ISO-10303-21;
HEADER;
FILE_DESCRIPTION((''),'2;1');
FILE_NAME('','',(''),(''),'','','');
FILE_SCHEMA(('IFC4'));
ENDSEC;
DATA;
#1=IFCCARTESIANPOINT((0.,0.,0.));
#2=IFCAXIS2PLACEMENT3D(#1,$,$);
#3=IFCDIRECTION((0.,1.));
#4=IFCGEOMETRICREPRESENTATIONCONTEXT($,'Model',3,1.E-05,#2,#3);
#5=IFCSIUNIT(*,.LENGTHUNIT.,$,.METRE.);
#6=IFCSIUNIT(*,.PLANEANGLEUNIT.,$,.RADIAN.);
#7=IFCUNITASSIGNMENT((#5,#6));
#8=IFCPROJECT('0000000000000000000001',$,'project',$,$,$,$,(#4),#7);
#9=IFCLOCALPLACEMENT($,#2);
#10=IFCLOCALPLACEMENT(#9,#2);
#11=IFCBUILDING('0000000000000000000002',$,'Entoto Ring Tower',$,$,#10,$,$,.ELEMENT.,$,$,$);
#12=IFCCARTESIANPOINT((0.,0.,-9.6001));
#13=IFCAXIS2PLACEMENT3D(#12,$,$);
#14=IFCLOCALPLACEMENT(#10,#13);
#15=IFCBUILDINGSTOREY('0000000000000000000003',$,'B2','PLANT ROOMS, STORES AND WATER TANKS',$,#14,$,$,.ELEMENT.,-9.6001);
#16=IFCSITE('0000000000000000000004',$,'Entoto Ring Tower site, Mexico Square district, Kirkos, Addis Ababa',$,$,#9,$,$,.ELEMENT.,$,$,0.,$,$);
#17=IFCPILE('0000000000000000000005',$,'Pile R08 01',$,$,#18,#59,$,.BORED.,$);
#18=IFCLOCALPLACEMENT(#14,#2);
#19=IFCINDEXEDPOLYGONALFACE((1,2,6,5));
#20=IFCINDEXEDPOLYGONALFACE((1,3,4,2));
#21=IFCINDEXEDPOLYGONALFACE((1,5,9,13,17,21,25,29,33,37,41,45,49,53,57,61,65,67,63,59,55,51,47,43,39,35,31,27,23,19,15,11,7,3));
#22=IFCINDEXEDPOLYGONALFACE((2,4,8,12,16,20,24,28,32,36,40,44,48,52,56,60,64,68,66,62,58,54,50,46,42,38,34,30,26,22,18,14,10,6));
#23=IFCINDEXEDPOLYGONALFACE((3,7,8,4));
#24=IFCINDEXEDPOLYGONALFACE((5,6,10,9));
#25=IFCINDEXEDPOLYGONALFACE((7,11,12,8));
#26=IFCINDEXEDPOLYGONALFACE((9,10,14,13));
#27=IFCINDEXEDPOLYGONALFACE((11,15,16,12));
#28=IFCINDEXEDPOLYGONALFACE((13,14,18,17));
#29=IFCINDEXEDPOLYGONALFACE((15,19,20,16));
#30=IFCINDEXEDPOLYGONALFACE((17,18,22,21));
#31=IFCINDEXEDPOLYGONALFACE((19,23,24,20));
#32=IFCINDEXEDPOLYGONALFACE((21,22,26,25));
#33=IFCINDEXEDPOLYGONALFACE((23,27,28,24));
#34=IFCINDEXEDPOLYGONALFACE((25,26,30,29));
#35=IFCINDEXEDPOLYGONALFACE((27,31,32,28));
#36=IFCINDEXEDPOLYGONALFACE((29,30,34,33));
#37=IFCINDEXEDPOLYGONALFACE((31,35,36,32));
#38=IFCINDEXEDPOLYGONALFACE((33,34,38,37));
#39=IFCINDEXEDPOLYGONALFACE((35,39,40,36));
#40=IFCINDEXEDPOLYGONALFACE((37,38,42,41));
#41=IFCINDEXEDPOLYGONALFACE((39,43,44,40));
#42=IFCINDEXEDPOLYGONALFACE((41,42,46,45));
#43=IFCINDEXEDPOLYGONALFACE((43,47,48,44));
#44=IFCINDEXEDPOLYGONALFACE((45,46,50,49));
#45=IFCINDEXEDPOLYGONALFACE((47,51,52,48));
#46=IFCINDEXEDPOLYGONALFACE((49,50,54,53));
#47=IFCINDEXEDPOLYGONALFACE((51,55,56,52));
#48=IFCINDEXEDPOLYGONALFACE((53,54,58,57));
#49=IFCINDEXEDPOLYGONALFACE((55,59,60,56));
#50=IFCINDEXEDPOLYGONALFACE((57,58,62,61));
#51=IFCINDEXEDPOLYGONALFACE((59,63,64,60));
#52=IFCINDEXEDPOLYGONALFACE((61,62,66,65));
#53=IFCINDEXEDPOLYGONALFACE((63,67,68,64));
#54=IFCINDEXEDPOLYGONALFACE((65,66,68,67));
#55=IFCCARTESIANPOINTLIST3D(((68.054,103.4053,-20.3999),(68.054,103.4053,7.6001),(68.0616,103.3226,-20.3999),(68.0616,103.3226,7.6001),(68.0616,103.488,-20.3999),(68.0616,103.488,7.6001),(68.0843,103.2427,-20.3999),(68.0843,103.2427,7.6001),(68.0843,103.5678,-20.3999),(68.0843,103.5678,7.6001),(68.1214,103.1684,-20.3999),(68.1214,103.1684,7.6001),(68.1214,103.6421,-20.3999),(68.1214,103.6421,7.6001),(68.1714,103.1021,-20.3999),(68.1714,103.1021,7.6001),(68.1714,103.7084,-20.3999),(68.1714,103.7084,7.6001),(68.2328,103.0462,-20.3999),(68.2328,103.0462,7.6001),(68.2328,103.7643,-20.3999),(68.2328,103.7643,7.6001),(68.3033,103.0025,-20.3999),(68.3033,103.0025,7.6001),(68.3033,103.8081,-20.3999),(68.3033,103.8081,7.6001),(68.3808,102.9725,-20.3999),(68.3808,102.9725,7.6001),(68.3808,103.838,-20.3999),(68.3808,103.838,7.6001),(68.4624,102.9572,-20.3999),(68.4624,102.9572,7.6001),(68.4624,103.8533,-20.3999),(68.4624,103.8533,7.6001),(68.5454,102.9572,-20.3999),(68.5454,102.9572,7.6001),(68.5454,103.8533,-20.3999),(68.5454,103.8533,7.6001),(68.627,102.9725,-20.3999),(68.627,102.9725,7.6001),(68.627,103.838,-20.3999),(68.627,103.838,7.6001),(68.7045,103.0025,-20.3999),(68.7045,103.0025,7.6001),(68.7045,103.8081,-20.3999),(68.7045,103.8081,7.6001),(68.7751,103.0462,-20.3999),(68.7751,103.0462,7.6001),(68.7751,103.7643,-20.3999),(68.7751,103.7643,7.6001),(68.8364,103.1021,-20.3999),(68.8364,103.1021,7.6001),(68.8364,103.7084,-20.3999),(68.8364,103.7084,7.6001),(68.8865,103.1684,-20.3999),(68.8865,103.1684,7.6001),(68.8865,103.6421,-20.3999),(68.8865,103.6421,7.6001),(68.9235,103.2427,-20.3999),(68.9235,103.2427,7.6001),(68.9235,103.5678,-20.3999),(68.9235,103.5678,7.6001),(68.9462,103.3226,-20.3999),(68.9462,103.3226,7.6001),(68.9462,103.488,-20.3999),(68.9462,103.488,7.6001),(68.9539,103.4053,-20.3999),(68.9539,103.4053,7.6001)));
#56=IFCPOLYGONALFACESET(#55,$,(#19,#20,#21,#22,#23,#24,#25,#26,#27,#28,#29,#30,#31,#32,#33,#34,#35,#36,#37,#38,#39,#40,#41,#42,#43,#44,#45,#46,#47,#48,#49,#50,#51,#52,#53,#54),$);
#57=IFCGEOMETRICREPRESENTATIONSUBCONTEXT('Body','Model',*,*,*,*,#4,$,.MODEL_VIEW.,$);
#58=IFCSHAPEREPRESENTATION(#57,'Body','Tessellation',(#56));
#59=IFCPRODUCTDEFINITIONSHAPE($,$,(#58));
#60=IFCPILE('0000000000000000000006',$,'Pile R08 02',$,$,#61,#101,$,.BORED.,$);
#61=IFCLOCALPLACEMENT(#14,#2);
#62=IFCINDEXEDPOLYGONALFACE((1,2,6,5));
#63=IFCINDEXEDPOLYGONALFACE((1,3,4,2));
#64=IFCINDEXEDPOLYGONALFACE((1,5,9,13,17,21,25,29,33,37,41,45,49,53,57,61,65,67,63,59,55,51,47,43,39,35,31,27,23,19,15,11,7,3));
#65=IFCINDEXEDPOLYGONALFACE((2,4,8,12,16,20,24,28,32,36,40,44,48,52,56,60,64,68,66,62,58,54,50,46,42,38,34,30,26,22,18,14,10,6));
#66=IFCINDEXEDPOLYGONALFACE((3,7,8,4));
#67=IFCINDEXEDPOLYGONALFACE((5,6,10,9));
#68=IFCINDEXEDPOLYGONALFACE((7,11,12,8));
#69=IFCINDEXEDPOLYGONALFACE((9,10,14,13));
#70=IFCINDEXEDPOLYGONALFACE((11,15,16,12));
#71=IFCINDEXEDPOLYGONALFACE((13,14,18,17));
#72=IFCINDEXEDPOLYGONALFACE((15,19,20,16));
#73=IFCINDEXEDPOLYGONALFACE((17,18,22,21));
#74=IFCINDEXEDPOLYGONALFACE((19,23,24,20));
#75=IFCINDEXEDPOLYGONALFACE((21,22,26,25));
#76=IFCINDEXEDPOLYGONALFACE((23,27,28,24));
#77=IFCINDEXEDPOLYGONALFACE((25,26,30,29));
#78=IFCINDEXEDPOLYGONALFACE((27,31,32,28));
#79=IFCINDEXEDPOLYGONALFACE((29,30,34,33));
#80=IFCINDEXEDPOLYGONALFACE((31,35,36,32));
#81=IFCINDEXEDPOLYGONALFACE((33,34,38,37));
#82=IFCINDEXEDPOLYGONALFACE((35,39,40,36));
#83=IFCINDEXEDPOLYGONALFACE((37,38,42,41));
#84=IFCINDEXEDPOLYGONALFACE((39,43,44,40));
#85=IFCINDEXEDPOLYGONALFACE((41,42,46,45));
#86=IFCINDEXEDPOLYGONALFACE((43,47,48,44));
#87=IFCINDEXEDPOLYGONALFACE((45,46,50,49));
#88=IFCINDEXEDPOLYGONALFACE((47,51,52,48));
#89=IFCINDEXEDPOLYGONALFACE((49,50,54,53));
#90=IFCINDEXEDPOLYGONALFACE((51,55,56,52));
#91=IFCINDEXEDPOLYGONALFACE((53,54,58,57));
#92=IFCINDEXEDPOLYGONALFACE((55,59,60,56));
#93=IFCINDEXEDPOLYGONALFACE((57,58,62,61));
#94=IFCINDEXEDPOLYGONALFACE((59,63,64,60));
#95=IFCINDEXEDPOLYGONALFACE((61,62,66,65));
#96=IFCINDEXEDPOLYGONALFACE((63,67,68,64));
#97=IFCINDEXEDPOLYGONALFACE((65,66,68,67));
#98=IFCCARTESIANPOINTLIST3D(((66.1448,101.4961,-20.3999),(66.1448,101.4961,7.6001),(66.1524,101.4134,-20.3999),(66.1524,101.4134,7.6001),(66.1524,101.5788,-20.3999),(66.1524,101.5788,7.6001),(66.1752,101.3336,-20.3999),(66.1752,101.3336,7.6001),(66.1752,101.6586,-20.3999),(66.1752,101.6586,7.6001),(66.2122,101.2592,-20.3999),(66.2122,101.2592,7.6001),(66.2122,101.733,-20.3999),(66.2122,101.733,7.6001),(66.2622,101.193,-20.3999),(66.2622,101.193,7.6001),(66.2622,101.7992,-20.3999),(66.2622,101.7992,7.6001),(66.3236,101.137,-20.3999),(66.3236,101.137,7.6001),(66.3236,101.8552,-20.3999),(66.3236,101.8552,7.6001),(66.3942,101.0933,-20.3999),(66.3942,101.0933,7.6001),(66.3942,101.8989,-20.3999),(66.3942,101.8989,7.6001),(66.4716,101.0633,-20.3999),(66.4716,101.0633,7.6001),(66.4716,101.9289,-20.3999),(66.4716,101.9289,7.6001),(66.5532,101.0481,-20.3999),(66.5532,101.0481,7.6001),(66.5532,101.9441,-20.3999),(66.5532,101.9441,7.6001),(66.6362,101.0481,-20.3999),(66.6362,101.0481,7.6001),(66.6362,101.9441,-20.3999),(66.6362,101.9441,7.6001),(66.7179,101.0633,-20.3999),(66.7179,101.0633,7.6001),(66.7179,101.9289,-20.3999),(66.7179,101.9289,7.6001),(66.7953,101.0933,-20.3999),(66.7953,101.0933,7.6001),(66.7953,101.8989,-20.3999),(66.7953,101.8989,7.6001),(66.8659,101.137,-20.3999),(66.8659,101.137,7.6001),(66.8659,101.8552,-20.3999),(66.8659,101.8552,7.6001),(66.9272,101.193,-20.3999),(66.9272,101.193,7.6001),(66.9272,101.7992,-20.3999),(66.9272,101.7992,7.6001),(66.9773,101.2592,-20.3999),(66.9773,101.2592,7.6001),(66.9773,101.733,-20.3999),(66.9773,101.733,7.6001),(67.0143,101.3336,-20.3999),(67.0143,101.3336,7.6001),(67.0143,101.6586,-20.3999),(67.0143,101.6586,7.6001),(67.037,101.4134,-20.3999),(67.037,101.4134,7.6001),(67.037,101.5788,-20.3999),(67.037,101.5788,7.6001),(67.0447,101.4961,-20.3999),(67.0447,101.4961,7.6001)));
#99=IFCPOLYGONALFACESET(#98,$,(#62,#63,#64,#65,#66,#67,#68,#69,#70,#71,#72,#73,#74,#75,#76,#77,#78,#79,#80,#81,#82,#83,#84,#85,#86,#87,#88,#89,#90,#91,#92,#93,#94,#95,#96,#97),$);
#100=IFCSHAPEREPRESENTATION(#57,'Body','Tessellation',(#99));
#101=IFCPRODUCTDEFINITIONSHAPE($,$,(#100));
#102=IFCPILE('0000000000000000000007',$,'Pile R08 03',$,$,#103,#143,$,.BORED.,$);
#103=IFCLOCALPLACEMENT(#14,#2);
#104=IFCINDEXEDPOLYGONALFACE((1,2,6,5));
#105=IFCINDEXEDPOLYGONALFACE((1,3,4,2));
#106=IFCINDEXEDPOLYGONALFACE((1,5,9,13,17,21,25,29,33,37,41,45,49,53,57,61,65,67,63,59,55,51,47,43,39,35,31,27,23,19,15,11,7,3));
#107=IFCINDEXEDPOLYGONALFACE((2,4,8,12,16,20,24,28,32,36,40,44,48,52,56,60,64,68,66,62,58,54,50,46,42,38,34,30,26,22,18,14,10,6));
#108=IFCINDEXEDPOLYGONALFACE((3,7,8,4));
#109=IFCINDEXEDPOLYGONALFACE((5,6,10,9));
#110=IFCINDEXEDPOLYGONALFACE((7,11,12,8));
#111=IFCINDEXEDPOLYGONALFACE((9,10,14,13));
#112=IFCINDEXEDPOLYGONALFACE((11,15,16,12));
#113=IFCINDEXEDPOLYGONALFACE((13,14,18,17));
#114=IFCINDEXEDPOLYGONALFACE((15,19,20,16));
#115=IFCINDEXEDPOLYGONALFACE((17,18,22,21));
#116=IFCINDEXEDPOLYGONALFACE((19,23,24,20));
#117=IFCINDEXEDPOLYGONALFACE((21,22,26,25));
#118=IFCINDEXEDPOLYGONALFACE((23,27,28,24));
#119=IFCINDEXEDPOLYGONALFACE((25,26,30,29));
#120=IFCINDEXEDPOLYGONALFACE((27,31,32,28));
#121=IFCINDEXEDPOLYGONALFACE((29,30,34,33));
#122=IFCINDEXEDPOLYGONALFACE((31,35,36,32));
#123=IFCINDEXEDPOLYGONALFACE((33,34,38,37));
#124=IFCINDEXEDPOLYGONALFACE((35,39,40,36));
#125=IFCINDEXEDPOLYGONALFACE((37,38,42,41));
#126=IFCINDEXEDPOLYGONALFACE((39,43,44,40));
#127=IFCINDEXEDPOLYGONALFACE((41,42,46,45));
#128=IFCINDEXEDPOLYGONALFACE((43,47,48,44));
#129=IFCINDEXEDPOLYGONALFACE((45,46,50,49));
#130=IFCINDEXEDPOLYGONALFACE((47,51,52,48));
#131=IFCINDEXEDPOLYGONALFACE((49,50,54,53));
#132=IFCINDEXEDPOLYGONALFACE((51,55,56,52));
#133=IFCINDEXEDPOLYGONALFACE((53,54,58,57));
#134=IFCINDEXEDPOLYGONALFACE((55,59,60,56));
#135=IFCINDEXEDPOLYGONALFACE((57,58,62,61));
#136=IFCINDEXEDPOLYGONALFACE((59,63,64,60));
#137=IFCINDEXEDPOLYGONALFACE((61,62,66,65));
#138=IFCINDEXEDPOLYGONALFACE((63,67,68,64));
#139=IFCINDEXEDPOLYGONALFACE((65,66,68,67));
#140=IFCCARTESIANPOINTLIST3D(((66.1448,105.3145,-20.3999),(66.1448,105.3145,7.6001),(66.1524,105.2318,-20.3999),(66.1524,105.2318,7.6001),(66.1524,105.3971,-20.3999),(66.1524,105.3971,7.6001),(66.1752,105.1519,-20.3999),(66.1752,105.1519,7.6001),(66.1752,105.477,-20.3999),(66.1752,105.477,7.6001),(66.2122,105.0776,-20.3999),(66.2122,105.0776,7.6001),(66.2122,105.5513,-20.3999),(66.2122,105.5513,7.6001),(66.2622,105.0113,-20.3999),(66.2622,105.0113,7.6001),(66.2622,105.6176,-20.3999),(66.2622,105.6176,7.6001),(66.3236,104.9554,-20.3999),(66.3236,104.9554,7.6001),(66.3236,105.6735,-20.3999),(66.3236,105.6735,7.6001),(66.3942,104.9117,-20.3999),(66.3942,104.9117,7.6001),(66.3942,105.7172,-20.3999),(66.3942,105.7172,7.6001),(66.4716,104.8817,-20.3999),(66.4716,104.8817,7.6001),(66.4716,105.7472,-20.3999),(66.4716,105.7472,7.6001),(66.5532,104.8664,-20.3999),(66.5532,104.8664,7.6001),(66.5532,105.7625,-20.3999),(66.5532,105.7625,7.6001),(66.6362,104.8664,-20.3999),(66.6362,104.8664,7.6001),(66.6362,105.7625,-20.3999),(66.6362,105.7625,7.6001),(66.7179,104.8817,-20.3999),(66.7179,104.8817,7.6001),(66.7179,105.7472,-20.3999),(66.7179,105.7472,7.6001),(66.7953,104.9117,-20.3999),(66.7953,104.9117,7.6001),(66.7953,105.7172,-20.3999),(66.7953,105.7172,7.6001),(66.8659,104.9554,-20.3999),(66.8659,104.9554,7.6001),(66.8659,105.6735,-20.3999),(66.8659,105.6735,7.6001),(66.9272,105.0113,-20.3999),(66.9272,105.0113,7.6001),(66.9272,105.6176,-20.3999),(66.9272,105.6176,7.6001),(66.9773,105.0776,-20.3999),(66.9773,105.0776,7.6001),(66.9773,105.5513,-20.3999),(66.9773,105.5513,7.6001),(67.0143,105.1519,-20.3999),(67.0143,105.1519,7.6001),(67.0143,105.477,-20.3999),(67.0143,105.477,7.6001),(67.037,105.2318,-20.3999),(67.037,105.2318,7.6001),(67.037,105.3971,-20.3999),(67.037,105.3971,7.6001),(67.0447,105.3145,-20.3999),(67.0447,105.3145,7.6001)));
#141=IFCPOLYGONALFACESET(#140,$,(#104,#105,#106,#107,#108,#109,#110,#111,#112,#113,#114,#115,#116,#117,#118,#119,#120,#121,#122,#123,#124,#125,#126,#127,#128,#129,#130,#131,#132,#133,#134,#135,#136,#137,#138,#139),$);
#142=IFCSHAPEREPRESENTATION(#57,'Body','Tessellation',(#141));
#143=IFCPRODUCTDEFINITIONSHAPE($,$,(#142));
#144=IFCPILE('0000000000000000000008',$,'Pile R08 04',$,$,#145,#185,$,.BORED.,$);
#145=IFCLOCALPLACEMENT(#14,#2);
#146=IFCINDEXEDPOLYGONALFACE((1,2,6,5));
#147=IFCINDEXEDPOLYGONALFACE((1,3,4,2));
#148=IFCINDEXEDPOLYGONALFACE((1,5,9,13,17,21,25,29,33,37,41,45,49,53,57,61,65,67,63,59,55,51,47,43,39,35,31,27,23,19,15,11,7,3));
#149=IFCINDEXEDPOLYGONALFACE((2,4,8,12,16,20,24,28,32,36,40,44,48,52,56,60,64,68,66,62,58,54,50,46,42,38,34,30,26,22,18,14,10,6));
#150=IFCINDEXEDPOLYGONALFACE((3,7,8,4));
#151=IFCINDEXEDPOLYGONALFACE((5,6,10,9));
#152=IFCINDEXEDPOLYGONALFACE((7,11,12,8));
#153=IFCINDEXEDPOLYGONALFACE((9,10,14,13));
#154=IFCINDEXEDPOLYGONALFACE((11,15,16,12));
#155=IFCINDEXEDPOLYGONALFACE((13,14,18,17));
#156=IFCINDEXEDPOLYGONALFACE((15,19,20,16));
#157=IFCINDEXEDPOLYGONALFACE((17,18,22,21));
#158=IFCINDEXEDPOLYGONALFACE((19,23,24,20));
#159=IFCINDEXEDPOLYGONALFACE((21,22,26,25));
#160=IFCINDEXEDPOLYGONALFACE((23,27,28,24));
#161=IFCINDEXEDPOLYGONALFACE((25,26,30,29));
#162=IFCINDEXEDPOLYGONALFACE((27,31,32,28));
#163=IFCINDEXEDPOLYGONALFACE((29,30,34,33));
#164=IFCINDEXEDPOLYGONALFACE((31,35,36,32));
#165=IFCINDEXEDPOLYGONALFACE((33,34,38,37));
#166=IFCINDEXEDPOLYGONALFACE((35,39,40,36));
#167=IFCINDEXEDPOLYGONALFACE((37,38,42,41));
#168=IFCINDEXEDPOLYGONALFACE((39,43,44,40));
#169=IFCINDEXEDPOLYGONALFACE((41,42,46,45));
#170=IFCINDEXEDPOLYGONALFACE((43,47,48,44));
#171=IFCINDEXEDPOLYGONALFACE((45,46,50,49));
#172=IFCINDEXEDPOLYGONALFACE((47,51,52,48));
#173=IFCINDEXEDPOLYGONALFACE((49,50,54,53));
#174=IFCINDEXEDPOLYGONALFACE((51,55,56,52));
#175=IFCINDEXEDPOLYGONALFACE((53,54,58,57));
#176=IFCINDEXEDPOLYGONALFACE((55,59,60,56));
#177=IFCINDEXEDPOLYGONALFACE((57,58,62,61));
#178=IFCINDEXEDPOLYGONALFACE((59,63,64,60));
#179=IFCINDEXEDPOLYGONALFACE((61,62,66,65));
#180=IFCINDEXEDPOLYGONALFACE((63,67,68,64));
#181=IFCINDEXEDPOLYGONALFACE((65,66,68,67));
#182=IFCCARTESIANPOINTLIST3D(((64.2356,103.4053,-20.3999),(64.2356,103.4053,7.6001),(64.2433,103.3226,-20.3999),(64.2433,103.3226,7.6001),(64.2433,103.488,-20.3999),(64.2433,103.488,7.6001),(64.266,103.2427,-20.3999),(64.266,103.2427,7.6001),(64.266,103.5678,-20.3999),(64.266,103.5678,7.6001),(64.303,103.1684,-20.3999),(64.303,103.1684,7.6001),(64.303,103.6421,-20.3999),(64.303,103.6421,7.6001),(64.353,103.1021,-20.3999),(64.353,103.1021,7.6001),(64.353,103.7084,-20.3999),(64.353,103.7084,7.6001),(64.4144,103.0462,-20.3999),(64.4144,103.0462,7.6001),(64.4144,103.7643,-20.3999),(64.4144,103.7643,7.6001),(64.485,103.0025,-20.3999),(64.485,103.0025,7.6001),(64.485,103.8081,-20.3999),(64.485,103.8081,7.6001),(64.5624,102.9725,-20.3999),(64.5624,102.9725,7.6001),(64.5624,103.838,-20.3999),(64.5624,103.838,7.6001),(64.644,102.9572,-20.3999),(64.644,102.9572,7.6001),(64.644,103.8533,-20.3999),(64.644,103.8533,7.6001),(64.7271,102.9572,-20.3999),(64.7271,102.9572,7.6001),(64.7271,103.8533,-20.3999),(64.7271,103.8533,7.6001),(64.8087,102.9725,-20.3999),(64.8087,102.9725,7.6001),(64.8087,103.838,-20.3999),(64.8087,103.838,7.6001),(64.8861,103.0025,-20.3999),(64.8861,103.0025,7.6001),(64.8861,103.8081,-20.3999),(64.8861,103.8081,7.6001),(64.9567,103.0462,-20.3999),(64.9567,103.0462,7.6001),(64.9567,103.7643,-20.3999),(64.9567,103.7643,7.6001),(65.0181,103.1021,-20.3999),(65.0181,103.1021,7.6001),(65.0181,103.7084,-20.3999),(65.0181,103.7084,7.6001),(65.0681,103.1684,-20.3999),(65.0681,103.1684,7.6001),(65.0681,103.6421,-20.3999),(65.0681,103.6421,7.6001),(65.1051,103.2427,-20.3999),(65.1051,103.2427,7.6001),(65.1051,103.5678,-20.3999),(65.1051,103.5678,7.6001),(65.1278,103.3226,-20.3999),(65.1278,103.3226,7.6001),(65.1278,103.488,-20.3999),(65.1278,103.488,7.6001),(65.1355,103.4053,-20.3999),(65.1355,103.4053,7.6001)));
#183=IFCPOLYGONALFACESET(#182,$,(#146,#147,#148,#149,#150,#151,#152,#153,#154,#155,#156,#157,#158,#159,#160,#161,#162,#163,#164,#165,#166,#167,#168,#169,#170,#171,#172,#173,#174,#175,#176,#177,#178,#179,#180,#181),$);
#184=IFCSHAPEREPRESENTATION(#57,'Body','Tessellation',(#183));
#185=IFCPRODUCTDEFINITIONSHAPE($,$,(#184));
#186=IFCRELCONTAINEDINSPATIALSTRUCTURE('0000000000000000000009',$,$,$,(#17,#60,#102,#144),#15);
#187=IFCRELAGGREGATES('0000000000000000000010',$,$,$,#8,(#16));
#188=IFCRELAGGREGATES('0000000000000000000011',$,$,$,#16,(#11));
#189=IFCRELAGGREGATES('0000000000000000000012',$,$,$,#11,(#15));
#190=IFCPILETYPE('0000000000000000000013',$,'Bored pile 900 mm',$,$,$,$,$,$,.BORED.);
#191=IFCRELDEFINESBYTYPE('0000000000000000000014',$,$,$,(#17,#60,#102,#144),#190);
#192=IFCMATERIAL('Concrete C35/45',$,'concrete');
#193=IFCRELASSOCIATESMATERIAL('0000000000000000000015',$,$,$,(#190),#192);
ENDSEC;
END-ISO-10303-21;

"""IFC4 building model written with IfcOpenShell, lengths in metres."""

from ifc_helpers import new_model, si_unit, direction, frame, origin, origin_2d, place, context, subcontext, project, spatial, circle, extrude, material, material_profile, profile_set, type_object, element, save


model = new_model("IFC4")

# Units and contexts
model_context = context("Model", 3, precision=1e-05, world=origin(), true_north=direction((0.0, 1.0)))
body_context = subcontext(model_context, "Body", "Model", "MODEL_VIEW")
ifc_project = project(units=[si_unit("LENGTHUNIT", "METRE"), si_unit("PLANEANGLEUNIT", "RADIAN")], contexts=[model_context])

# Site, building, storey
site_placement = place(None, origin())
site = spatial("IfcSite", under=ifc_project, at=site_placement, Name="Entoto Ring Tower site, Mexico Square district, Kirkos, Addis Ababa", CompositionType="ELEMENT", RefElevation=0.0)
building_placement = place(site_placement, origin())
building = spatial("IfcBuilding", under=site, at=building_placement, Name="Entoto Ring Tower", CompositionType="ELEMENT")
storey_placement = place(building_placement, frame((0.0, 0.0, -9.6001)))
storey = spatial("IfcBuildingStorey", under=building, at=storey_placement, Name="B2", Description="PLANT ROOMS, STORES AND WATER TANKS", CompositionType="ELEMENT", Elevation=-9.6001)

# Piles
ifc_material_1 = material(Name="Concrete C35/45", Category="concrete")
ifc_material_profile_1 = material_profile(ifc_material_1, circle(Radius=0.45, at=origin_2d()), Name="Bored pile 900 mm")
ifc_profile_set_1 = profile_set([ifc_material_profile_1], Name="Concrete C35/45")
pile_type = type_object("IfcPileType", Name="Bored pile 900 mm", PredefinedType="BORED", material=ifc_profile_set_1)
for number, where, z_axis, x_axis, name in (
    (1, (68.5039, 103.4053, 7.6001), (0.0, 0.0, -1.0), (1.0, 0.0, 0.0), "Pile R08 01"),
    (2, (66.5947, 101.4961, 7.6001), (0.0, 0.0, -1.0), (1.0, 0.0, 0.0), "Pile R08 02"),
    (3, (66.5947, 105.3145, 7.6001), (0.0, 0.0, -1.0), (1.0, 0.0, 0.0), "Pile R08 03"),
    (4, (64.6855, 103.4053, 7.6001), (0.0, 0.0, -1.0), (1.0, 0.0, 0.0), "Pile R08 04"),
):
    element("IfcPile", number, at=place(storey_placement, frame(where, z_axis=z_axis, x_axis=x_axis)), inside=storey, type_object=pile_type, Name=name, PredefinedType="BORED", context=body_context, shape_type="SweptSolid", body=[
        extrude(circle(Radius=0.45, at=origin_2d()), origin(), (0.0, 0.0, 1.0), 28.0),
    ])

save(model, "model.ifc")
